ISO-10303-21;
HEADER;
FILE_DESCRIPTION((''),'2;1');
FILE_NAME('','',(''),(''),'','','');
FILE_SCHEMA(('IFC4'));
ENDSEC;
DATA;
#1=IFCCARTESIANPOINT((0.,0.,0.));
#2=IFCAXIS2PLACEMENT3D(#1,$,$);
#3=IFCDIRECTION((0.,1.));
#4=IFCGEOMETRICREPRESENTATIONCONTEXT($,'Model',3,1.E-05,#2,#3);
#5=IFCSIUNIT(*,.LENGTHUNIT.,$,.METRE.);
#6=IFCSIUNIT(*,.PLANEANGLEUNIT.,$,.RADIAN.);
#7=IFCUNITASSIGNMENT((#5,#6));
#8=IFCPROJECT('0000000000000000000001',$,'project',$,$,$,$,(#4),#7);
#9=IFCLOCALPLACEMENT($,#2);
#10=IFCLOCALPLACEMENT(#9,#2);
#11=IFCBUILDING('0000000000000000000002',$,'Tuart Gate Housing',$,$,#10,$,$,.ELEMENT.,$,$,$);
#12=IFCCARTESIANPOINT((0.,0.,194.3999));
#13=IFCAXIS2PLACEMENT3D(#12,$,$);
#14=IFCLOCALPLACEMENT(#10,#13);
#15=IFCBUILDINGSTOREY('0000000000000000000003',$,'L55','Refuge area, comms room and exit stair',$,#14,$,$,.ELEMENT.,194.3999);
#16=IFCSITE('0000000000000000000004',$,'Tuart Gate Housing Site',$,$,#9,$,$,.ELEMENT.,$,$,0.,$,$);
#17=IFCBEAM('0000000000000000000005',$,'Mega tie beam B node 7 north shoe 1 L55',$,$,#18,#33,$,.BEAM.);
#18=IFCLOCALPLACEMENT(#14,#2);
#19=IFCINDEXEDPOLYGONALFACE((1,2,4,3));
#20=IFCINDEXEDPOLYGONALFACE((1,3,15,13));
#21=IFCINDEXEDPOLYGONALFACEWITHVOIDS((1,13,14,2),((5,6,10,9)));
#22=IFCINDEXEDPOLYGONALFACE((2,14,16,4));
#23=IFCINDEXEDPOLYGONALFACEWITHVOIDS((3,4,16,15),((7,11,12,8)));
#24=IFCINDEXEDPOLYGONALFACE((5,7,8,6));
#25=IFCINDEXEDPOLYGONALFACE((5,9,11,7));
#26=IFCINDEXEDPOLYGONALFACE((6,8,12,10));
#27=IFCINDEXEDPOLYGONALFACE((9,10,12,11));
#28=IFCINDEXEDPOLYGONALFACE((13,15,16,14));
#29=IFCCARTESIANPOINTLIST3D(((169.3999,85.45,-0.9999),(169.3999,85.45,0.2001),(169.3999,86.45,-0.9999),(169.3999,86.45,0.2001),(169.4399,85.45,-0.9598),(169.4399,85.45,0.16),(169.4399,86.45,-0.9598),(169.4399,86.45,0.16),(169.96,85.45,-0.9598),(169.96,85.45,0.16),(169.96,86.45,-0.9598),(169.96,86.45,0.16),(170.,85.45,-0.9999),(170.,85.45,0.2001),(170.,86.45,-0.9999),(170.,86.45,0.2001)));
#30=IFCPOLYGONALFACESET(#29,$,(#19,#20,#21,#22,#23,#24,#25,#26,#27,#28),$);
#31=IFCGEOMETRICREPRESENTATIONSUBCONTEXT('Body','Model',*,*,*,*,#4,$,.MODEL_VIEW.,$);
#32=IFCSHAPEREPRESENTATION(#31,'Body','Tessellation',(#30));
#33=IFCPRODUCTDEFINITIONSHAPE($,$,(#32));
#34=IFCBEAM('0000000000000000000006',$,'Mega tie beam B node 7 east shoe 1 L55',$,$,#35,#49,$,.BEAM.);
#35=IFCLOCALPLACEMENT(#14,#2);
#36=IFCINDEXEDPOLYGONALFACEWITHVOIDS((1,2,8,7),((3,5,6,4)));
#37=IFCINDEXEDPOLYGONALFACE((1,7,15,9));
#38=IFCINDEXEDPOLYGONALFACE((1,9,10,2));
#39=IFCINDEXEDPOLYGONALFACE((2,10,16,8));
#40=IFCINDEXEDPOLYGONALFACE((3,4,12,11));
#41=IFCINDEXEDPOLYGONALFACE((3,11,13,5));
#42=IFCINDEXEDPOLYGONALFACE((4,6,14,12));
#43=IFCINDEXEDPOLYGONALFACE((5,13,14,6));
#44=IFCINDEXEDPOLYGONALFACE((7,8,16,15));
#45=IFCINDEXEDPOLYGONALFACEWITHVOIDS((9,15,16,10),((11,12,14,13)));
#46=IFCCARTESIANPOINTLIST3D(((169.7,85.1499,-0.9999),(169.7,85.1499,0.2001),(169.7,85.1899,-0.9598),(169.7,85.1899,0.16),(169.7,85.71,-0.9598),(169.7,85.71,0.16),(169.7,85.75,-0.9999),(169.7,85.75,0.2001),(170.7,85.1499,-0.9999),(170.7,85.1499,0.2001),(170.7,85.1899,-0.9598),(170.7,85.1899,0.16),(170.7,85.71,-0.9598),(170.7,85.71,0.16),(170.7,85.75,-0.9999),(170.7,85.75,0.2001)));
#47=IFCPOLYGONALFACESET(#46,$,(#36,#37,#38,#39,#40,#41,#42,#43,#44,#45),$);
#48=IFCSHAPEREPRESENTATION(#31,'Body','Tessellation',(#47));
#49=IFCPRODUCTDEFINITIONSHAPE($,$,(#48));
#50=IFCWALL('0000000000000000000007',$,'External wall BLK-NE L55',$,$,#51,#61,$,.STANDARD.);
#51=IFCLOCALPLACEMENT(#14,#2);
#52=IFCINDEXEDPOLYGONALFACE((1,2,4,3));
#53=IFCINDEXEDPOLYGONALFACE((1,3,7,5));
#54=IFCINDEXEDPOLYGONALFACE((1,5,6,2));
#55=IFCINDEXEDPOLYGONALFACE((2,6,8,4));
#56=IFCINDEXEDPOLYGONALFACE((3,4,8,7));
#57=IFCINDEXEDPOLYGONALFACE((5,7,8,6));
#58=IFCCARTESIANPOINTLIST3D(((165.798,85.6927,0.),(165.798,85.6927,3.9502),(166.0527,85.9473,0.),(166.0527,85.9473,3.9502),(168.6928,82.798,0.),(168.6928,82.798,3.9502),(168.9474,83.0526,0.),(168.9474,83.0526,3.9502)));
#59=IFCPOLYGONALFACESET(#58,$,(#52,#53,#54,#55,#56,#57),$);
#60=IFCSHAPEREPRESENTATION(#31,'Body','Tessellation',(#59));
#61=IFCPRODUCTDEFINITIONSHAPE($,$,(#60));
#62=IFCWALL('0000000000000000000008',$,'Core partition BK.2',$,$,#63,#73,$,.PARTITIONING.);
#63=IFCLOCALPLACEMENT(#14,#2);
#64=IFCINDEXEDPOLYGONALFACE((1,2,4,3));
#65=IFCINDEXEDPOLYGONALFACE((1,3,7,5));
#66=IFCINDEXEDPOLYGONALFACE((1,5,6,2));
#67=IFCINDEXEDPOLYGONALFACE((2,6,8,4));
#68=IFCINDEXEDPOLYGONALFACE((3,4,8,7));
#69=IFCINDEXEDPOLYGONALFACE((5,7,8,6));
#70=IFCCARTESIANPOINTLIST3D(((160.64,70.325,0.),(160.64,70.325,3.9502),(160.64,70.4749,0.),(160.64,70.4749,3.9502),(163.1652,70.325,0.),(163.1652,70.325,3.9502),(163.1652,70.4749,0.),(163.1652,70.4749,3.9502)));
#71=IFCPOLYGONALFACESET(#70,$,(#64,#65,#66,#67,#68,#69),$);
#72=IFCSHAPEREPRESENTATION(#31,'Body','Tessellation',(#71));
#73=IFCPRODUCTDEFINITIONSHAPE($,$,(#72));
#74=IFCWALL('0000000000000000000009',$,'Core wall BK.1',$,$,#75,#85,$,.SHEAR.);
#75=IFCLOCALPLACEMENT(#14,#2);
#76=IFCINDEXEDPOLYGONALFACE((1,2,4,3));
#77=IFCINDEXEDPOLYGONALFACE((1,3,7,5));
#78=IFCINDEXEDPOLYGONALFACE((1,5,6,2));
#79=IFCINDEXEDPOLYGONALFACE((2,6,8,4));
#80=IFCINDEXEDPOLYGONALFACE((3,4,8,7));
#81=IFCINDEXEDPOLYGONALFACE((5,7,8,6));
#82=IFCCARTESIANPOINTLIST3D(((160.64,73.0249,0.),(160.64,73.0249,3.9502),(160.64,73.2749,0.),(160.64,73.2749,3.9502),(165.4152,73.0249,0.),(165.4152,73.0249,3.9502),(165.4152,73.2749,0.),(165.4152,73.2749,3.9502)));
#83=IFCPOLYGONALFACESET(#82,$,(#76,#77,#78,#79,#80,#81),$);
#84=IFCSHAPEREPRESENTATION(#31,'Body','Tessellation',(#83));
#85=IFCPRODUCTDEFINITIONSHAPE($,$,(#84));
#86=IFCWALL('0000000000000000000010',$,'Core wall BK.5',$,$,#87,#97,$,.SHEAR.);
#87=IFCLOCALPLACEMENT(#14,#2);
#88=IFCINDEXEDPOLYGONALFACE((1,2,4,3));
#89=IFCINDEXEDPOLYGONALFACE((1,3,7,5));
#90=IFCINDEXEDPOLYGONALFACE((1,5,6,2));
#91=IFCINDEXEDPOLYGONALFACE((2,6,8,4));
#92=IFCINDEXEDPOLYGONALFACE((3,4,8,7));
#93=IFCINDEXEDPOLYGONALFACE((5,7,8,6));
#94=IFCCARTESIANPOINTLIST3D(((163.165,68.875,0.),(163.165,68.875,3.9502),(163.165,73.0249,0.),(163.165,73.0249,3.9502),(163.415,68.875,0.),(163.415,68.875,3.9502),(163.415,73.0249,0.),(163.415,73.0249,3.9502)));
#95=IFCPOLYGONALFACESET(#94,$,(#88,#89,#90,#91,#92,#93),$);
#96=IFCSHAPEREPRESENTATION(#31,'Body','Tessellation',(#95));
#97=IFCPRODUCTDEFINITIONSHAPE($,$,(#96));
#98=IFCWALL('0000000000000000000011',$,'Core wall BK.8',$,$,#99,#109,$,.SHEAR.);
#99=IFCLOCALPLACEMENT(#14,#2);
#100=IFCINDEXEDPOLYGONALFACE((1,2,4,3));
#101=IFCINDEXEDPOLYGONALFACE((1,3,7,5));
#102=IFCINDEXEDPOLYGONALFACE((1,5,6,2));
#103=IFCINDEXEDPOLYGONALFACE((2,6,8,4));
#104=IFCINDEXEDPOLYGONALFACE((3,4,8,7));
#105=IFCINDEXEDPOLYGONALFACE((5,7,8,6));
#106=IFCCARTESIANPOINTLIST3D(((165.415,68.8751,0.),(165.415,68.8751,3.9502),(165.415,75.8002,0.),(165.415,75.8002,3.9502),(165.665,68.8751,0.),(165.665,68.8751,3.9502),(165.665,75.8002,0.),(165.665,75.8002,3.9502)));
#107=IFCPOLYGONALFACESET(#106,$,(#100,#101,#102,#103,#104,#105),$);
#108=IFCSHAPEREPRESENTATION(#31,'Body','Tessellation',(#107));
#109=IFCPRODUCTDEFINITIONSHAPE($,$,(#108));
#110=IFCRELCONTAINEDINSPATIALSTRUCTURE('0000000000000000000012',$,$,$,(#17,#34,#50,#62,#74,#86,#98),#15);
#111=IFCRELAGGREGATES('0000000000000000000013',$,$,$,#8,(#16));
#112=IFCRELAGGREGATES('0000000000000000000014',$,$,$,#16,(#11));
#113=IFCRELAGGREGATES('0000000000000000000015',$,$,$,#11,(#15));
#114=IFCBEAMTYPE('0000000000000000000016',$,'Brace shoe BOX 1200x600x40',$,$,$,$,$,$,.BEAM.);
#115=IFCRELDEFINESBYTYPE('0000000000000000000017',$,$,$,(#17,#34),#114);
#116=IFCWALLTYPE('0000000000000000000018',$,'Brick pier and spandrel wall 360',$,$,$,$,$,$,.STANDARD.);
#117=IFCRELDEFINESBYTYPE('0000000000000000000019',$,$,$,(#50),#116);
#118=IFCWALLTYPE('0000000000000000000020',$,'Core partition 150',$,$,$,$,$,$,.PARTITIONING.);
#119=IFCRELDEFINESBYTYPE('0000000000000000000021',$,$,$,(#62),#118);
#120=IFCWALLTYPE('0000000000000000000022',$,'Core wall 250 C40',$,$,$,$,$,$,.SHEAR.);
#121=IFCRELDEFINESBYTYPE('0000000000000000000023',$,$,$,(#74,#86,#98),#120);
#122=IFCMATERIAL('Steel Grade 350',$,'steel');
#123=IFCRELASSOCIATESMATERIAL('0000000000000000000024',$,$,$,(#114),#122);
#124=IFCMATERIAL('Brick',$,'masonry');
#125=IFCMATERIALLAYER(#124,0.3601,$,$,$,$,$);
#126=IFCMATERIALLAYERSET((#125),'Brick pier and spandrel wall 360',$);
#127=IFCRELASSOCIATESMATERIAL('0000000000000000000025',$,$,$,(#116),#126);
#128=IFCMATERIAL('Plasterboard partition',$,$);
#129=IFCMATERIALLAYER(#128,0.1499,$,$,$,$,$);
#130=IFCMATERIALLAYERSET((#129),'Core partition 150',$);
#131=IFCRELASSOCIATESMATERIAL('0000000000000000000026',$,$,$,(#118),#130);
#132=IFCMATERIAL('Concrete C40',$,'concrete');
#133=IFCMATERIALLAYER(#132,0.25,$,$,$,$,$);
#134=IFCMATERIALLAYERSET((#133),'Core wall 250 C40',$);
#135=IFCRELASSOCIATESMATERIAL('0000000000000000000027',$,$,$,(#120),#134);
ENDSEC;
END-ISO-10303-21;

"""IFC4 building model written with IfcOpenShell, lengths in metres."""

from ifc_helpers import new_model, si_unit, direction, frame, frame_2d, origin, origin_2d, place, context, subcontext, project, spatial, rectangle, hollow_rectangle, extrude, material, layer, layer_set, material_profile, profile_set, type_object, element, save


model = new_model("IFC4")

# Units and contexts
model_context = context("Model", 3, precision=1e-05, world=origin(), true_north=direction((0.0, 1.0)))
body_context = subcontext(model_context, "Body", "Model", "MODEL_VIEW")
ifc_project = project(units=[si_unit("LENGTHUNIT", "METRE"), si_unit("PLANEANGLEUNIT", "RADIAN")], contexts=[model_context])

# Site, building, storey
site_placement = place(None, origin())
site = spatial("IfcSite", under=ifc_project, at=site_placement, Name="Tuart Gate Housing Site", CompositionType="ELEMENT", RefElevation=0.0)
building_placement = place(site_placement, origin())
building = spatial("IfcBuilding", under=site, at=building_placement, Name="Tuart Gate Housing", CompositionType="ELEMENT")
storey_placement = place(building_placement, frame((0.0, 0.0, 194.3999)))
storey = spatial("IfcBuildingStorey", under=building, at=storey_placement, Name="L55", Description="Refuge area, comms room and exit stair", CompositionType="ELEMENT", Elevation=194.3999)

# Beams
ifc_material_1 = material(Name="Steel Grade 350", Category="steel")
ifc_material_profile = material_profile(ifc_material_1, hollow_rectangle(XDim=0.6001, YDim=1.2, WallThickness=0.04, at=origin_2d()), Name="BOX 1200x600x40")
ifc_profile_set = profile_set([ifc_material_profile], Name="Steel Grade 350")
beam_type = type_object("IfcBeamType", Name="Brace shoe BOX 1200x600x40", PredefinedType="BEAM", material=ifc_profile_set)
for number, where, z_axis, x_axis, name in (
    (1, (169.7, 85.45, -0.3999), (0.0, 1.0, 0.0), (-1.0, 0.0, 0.0), "Mega tie beam B node 7 north shoe 1 L55"),
    (2, (169.7, 85.45, -0.3999), (1.0, 0.0, 0.0), (0.0, 1.0, 0.0), "Mega tie beam B node 7 east shoe 1 L55"),
):
    element("IfcBeam", number, at=place(storey_placement, frame(where, z_axis=z_axis, x_axis=x_axis)), inside=storey, type_object=beam_type, Name=name, PredefinedType="BEAM", context=body_context, shape_type="SweptSolid", body=[
        extrude(hollow_rectangle(XDim=0.6001, YDim=1.2, WallThickness=0.04, at=origin_2d()), origin(), (0.0, 0.0, 1.0), 1.0),
    ])

# Walls
ifc_material_2 = material(Name="Brick", Category="masonry")
ifc_layer_1 = layer(ifc_material_2, 0.3601)
ifc_layer_set_1 = layer_set([ifc_layer_1], Name="Brick pier and spandrel wall 360")
wall_type_1 = type_object("IfcWallType", Name="Brick pier and spandrel wall 360", PredefinedType="STANDARD", material=ifc_layer_set_1)
wall_1_placement = place(storey_placement, frame((168.8201, 82.9253, 0.0), z_axis=(0.0, 0.0, 1.0), x_axis=(-0.707107, 0.707107, 0.0)))
element("IfcWall", 3, at=wall_1_placement, inside=storey, type_object=wall_type_1, Name="External wall BLK-NE L55", PredefinedType="STANDARD", context=body_context, shape_type="SweptSolid", body=[
    extrude(rectangle(XDim=4.0938, YDim=0.3601, at=frame_2d((2.0469, 0.0))), origin(), (0.0, 0.0, 1.0), 3.9502),
])
ifc_material_3 = material(Name="Plasterboard partition")
ifc_layer_2 = layer(ifc_material_3, 0.1499)
ifc_layer_set_2 = layer_set([ifc_layer_2], Name="Core partition 150")
wall_type_2 = type_object("IfcWallType", Name="Core partition 150", PredefinedType="PARTITIONING", material=ifc_layer_set_2)
wall_2_placement = place(storey_placement, frame((160.6399, 70.3999, 0.0), z_axis=(0.0, 0.0, 1.0), x_axis=(1.0, 0.0, 0.0)))
element("IfcWall", 4, at=wall_2_placement, inside=storey, type_object=wall_type_2, Name="Core partition BK.2", PredefinedType="PARTITIONING", context=body_context, shape_type="SweptSolid", body=[
    extrude(rectangle(XDim=2.5251, YDim=0.1499, at=frame_2d((1.2627, 0.0))), origin(), (0.0, 0.0, 1.0), 3.9502),
])
ifc_material_4 = material(Name="Concrete C40", Category="concrete")
ifc_layer_3 = layer(ifc_material_4, 0.25)
ifc_layer_set_3 = layer_set([ifc_layer_3], Name="Core wall 250 C40")
wall_type_3 = type_object("IfcWallType", Name="Core wall 250 C40", PredefinedType="SHEAR", material=ifc_layer_set_3)
wall_3_placement = place(storey_placement, frame((160.6399, 73.1499, 0.0), z_axis=(0.0, 0.0, 1.0), x_axis=(1.0, 0.0, 0.0)))
element("IfcWall", 5, at=wall_3_placement, inside=storey, type_object=wall_type_3, Name="Core wall BK.1", PredefinedType="SHEAR", context=body_context, shape_type="SweptSolid", body=[
    extrude(rectangle(XDim=4.7751, YDim=0.25, at=frame_2d((2.3877, 0.0))), origin(), (0.0, 0.0, 1.0), 3.9502),
])
wall_4_placement = place(storey_placement, frame((163.29, 73.0249, 0.0), z_axis=(0.0, 0.0, 1.0), x_axis=(0.0, -1.0, 0.0)))
element("IfcWall", 6, at=wall_4_placement, inside=storey, type_object=wall_type_3, Name="Core wall BK.5", PredefinedType="SHEAR", context=body_context, shape_type="SweptSolid", body=[
    extrude(rectangle(XDim=4.1499, YDim=0.25, at=frame_2d((2.075, 0.0))), origin(), (0.0, 0.0, 1.0), 3.9502),
])
wall_5_placement = place(storey_placement, frame((165.54, 75.8, 0.0), z_axis=(0.0, 0.0, 1.0), x_axis=(0.0, -1.0, 0.0)))
element("IfcWall", 7, at=wall_5_placement, inside=storey, type_object=wall_type_3, Name="Core wall BK.8", PredefinedType="SHEAR", context=body_context, shape_type="SweptSolid", body=[
    extrude(rectangle(XDim=6.925, YDim=0.25, at=frame_2d((3.4624, 0.0))), origin(), (0.0, 0.0, 1.0), 3.9502),
])

save(model, "model.ifc")
